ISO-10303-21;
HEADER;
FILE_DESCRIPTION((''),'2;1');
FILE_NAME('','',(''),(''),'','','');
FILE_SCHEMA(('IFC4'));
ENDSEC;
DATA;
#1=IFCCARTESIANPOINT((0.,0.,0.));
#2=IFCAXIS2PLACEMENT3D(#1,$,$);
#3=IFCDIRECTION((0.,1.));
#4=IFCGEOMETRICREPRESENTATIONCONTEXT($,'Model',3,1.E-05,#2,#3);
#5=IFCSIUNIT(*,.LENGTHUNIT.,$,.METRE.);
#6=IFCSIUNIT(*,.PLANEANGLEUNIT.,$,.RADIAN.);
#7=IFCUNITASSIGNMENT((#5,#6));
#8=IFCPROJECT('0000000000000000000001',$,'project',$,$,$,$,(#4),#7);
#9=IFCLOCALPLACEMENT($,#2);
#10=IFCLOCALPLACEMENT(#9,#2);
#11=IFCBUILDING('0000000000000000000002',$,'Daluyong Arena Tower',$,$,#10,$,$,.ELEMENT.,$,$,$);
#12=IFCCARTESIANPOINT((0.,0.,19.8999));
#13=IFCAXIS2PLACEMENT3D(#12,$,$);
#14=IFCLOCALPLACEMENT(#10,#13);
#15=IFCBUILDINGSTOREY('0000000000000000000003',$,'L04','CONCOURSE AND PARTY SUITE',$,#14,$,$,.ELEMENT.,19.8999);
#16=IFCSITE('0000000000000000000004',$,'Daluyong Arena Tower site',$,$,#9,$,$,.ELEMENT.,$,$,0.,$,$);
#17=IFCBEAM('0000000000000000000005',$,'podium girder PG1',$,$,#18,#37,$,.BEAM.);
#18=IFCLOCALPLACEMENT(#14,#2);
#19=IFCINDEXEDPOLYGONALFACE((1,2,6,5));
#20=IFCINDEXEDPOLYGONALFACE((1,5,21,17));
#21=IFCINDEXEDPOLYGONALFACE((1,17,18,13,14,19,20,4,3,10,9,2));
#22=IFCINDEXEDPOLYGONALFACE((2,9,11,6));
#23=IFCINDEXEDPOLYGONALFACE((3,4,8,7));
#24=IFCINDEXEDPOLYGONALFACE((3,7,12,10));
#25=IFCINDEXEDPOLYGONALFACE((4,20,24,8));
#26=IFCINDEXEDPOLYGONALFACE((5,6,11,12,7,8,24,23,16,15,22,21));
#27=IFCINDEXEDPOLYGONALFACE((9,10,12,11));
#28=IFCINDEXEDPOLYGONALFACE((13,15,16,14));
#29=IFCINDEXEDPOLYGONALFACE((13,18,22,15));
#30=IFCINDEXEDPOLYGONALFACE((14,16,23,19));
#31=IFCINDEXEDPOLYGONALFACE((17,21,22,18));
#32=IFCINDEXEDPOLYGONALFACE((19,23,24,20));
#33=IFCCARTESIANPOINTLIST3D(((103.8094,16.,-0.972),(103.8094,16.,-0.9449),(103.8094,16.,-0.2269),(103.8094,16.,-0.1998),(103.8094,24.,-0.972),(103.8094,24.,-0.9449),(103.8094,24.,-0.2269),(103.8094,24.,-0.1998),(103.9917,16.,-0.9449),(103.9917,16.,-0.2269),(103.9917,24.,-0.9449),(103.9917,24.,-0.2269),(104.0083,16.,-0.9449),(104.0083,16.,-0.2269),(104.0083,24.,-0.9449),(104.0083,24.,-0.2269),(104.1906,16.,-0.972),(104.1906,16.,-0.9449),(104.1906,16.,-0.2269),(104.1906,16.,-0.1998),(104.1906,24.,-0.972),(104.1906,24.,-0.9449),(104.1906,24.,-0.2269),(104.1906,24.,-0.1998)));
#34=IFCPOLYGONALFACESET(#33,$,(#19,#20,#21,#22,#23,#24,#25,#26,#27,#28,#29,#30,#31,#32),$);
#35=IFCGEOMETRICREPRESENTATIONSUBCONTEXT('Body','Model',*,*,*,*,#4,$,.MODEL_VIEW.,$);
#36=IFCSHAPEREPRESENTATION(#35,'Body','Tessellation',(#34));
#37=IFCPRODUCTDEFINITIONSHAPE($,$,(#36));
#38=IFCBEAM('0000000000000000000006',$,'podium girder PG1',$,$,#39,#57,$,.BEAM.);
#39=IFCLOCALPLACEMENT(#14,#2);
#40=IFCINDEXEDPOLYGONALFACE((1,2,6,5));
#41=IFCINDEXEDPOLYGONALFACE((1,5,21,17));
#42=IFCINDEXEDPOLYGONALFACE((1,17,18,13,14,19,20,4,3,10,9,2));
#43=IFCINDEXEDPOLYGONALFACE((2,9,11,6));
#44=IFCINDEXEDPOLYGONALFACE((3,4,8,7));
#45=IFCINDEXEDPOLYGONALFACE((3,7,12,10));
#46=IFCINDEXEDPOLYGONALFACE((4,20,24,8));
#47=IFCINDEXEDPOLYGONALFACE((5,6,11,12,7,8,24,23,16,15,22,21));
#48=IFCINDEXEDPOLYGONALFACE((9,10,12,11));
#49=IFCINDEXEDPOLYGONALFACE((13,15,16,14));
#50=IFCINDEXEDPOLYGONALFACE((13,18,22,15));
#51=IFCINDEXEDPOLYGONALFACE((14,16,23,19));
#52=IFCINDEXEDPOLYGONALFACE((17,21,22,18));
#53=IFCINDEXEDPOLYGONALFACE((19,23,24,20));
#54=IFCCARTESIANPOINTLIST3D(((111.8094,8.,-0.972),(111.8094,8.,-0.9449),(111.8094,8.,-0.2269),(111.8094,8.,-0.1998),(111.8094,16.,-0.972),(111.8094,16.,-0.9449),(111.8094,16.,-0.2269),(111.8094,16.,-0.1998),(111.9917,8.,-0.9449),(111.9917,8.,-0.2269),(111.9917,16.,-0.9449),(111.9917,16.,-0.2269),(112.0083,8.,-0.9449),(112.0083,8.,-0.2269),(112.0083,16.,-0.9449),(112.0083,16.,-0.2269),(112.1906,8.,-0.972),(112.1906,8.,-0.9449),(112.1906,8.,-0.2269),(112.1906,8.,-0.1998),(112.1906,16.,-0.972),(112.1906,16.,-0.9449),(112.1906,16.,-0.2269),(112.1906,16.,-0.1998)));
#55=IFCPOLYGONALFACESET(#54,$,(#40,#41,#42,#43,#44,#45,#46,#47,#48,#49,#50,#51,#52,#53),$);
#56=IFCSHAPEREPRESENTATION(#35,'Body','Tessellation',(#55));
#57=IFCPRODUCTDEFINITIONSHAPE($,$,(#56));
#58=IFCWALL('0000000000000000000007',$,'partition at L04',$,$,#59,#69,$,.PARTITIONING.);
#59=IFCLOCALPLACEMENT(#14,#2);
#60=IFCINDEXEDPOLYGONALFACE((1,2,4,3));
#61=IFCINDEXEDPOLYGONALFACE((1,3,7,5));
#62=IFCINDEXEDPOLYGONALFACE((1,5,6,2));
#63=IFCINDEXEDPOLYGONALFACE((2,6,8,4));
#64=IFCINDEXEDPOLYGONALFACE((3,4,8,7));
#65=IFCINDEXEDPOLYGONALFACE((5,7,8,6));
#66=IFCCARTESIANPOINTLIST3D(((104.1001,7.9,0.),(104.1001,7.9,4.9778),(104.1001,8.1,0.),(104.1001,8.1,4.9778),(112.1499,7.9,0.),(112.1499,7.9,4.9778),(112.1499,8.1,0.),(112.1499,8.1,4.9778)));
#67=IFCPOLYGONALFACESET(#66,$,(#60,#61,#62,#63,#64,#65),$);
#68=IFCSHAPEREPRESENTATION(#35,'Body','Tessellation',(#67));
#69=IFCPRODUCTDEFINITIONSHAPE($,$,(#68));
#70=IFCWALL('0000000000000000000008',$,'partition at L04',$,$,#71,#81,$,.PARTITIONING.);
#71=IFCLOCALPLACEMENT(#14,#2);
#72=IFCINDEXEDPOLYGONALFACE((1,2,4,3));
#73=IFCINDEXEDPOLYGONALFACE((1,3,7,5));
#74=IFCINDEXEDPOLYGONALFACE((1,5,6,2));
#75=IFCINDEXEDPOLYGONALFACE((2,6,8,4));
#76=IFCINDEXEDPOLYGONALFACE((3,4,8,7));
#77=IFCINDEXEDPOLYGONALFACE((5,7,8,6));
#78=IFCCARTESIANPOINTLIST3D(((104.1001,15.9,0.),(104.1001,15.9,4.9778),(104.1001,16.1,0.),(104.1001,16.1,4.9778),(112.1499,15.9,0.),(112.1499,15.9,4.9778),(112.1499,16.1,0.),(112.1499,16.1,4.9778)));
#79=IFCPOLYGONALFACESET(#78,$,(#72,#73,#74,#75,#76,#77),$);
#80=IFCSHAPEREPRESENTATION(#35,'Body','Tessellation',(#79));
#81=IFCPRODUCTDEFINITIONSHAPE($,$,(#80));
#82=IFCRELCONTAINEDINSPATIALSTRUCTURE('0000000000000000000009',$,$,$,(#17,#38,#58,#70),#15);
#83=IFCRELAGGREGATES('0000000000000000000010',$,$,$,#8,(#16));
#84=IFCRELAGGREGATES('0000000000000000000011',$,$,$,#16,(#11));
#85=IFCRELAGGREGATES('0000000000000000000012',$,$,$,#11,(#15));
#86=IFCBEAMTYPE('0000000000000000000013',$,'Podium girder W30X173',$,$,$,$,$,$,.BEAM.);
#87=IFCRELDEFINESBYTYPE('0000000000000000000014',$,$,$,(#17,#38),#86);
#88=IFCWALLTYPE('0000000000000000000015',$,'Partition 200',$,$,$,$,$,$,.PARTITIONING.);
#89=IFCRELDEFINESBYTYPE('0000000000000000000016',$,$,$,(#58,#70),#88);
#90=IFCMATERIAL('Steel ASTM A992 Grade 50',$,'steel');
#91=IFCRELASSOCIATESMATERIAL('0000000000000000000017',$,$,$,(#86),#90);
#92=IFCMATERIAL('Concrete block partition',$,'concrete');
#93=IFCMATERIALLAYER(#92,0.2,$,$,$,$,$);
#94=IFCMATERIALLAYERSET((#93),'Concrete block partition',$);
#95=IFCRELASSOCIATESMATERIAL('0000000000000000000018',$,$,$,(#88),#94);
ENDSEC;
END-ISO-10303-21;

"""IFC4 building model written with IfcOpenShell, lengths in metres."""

from ifc_helpers import new_model, si_unit, direction, frame, frame_2d, origin, origin_2d, place, context, subcontext, project, spatial, rectangle, i_section, extrude, material, layer, layer_set, material_profile, profile_set, type_object, element, save


model = new_model("IFC4")

# Units and contexts
model_context = context("Model", 3, precision=1e-05, world=origin(), true_north=direction((0.0, 1.0)))
body_context = subcontext(model_context, "Body", "Model", "MODEL_VIEW")
ifc_project = project(units=[si_unit("LENGTHUNIT", "METRE"), si_unit("PLANEANGLEUNIT", "RADIAN")], contexts=[model_context])

# Site, building, storey
site_placement = place(None, origin())
site = spatial("IfcSite", under=ifc_project, at=site_placement, Name="Daluyong Arena Tower site", CompositionType="ELEMENT", RefElevation=0.0)
building_placement = place(site_placement, origin())
building = spatial("IfcBuilding", under=site, at=building_placement, Name="Daluyong Arena Tower", CompositionType="ELEMENT")
storey_placement = place(building_placement, frame((0.0, 0.0, 19.8999)))
storey = spatial("IfcBuildingStorey", under=building, at=storey_placement, Name="L04", Description="CONCOURSE AND PARTY SUITE", CompositionType="ELEMENT", Elevation=19.8999)

# Beams
ifc_material_1 = material(Name="Steel ASTM A992 Grade 50", Category="steel")
ifc_material_profile_1 = material_profile(ifc_material_1, i_section(OverallWidth=0.3811, OverallDepth=0.7722, WebThickness=0.0166, FlangeThickness=0.0271, at=origin_2d()))
ifc_profile_set_1 = profile_set([ifc_material_profile_1], Name="Steel ASTM A992 Grade 50")
beam_type_1 = type_object("IfcBeamType", Name="Podium girder W30X173", PredefinedType="BEAM", material=ifc_profile_set_1)
for number, where, z_axis, x_axis, name in (
    (1, (104.0, 16.0, -0.5859), (0.0, 1.0, 0.0), (-1.0, 0.0, 0.0), "podium girder PG1"),
    (2, (112.0, 8.0, -0.5859), (0.0, 1.0, 0.0), (-1.0, 0.0, 0.0), "podium girder PG1"),
):
    element("IfcBeam", number, at=place(storey_placement, frame(where, z_axis=z_axis, x_axis=x_axis)), inside=storey, type_object=beam_type_1, Name=name, PredefinedType="BEAM", context=body_context, shape_type="SweptSolid", body=[
        extrude(i_section(OverallWidth=0.3811, OverallDepth=0.7722, WebThickness=0.0166, FlangeThickness=0.0271, at=origin_2d()), origin(), (0.0, 0.0, 1.0), 8.0),
    ])

# Walls
ifc_material_2 = material(Name="Concrete block partition", Category="concrete")
ifc_layer = layer(ifc_material_2, 0.2)
ifc_layer_set = layer_set([ifc_layer], Name="Concrete block partition")
wall_type = type_object("IfcWallType", Name="Partition 200", PredefinedType="PARTITIONING", material=ifc_layer_set)
for number, where, z_axis, x_axis, name in (
    (3, (104.1001, 8.0, 0.0), (0.0, 0.0, 1.0), (1.0, 0.0, 0.0), "partition at L04"),
    (4, (104.1001, 16.0, 0.0), (0.0, 0.0, 1.0), (1.0, 0.0, 0.0), "partition at L04"),
):
    element("IfcWall", number, at=place(storey_placement, frame(where, z_axis=z_axis, x_axis=x_axis)), inside=storey, type_object=wall_type, Name=name, PredefinedType="PARTITIONING", context=body_context, shape_type="SweptSolid", body=[
        extrude(rectangle(XDim=8.0498, YDim=0.2, at=frame_2d((4.0249, 0.0))), origin(), (0.0, 0.0, 1.0), 4.9778),
    ])

save(model, "model.ifc")
